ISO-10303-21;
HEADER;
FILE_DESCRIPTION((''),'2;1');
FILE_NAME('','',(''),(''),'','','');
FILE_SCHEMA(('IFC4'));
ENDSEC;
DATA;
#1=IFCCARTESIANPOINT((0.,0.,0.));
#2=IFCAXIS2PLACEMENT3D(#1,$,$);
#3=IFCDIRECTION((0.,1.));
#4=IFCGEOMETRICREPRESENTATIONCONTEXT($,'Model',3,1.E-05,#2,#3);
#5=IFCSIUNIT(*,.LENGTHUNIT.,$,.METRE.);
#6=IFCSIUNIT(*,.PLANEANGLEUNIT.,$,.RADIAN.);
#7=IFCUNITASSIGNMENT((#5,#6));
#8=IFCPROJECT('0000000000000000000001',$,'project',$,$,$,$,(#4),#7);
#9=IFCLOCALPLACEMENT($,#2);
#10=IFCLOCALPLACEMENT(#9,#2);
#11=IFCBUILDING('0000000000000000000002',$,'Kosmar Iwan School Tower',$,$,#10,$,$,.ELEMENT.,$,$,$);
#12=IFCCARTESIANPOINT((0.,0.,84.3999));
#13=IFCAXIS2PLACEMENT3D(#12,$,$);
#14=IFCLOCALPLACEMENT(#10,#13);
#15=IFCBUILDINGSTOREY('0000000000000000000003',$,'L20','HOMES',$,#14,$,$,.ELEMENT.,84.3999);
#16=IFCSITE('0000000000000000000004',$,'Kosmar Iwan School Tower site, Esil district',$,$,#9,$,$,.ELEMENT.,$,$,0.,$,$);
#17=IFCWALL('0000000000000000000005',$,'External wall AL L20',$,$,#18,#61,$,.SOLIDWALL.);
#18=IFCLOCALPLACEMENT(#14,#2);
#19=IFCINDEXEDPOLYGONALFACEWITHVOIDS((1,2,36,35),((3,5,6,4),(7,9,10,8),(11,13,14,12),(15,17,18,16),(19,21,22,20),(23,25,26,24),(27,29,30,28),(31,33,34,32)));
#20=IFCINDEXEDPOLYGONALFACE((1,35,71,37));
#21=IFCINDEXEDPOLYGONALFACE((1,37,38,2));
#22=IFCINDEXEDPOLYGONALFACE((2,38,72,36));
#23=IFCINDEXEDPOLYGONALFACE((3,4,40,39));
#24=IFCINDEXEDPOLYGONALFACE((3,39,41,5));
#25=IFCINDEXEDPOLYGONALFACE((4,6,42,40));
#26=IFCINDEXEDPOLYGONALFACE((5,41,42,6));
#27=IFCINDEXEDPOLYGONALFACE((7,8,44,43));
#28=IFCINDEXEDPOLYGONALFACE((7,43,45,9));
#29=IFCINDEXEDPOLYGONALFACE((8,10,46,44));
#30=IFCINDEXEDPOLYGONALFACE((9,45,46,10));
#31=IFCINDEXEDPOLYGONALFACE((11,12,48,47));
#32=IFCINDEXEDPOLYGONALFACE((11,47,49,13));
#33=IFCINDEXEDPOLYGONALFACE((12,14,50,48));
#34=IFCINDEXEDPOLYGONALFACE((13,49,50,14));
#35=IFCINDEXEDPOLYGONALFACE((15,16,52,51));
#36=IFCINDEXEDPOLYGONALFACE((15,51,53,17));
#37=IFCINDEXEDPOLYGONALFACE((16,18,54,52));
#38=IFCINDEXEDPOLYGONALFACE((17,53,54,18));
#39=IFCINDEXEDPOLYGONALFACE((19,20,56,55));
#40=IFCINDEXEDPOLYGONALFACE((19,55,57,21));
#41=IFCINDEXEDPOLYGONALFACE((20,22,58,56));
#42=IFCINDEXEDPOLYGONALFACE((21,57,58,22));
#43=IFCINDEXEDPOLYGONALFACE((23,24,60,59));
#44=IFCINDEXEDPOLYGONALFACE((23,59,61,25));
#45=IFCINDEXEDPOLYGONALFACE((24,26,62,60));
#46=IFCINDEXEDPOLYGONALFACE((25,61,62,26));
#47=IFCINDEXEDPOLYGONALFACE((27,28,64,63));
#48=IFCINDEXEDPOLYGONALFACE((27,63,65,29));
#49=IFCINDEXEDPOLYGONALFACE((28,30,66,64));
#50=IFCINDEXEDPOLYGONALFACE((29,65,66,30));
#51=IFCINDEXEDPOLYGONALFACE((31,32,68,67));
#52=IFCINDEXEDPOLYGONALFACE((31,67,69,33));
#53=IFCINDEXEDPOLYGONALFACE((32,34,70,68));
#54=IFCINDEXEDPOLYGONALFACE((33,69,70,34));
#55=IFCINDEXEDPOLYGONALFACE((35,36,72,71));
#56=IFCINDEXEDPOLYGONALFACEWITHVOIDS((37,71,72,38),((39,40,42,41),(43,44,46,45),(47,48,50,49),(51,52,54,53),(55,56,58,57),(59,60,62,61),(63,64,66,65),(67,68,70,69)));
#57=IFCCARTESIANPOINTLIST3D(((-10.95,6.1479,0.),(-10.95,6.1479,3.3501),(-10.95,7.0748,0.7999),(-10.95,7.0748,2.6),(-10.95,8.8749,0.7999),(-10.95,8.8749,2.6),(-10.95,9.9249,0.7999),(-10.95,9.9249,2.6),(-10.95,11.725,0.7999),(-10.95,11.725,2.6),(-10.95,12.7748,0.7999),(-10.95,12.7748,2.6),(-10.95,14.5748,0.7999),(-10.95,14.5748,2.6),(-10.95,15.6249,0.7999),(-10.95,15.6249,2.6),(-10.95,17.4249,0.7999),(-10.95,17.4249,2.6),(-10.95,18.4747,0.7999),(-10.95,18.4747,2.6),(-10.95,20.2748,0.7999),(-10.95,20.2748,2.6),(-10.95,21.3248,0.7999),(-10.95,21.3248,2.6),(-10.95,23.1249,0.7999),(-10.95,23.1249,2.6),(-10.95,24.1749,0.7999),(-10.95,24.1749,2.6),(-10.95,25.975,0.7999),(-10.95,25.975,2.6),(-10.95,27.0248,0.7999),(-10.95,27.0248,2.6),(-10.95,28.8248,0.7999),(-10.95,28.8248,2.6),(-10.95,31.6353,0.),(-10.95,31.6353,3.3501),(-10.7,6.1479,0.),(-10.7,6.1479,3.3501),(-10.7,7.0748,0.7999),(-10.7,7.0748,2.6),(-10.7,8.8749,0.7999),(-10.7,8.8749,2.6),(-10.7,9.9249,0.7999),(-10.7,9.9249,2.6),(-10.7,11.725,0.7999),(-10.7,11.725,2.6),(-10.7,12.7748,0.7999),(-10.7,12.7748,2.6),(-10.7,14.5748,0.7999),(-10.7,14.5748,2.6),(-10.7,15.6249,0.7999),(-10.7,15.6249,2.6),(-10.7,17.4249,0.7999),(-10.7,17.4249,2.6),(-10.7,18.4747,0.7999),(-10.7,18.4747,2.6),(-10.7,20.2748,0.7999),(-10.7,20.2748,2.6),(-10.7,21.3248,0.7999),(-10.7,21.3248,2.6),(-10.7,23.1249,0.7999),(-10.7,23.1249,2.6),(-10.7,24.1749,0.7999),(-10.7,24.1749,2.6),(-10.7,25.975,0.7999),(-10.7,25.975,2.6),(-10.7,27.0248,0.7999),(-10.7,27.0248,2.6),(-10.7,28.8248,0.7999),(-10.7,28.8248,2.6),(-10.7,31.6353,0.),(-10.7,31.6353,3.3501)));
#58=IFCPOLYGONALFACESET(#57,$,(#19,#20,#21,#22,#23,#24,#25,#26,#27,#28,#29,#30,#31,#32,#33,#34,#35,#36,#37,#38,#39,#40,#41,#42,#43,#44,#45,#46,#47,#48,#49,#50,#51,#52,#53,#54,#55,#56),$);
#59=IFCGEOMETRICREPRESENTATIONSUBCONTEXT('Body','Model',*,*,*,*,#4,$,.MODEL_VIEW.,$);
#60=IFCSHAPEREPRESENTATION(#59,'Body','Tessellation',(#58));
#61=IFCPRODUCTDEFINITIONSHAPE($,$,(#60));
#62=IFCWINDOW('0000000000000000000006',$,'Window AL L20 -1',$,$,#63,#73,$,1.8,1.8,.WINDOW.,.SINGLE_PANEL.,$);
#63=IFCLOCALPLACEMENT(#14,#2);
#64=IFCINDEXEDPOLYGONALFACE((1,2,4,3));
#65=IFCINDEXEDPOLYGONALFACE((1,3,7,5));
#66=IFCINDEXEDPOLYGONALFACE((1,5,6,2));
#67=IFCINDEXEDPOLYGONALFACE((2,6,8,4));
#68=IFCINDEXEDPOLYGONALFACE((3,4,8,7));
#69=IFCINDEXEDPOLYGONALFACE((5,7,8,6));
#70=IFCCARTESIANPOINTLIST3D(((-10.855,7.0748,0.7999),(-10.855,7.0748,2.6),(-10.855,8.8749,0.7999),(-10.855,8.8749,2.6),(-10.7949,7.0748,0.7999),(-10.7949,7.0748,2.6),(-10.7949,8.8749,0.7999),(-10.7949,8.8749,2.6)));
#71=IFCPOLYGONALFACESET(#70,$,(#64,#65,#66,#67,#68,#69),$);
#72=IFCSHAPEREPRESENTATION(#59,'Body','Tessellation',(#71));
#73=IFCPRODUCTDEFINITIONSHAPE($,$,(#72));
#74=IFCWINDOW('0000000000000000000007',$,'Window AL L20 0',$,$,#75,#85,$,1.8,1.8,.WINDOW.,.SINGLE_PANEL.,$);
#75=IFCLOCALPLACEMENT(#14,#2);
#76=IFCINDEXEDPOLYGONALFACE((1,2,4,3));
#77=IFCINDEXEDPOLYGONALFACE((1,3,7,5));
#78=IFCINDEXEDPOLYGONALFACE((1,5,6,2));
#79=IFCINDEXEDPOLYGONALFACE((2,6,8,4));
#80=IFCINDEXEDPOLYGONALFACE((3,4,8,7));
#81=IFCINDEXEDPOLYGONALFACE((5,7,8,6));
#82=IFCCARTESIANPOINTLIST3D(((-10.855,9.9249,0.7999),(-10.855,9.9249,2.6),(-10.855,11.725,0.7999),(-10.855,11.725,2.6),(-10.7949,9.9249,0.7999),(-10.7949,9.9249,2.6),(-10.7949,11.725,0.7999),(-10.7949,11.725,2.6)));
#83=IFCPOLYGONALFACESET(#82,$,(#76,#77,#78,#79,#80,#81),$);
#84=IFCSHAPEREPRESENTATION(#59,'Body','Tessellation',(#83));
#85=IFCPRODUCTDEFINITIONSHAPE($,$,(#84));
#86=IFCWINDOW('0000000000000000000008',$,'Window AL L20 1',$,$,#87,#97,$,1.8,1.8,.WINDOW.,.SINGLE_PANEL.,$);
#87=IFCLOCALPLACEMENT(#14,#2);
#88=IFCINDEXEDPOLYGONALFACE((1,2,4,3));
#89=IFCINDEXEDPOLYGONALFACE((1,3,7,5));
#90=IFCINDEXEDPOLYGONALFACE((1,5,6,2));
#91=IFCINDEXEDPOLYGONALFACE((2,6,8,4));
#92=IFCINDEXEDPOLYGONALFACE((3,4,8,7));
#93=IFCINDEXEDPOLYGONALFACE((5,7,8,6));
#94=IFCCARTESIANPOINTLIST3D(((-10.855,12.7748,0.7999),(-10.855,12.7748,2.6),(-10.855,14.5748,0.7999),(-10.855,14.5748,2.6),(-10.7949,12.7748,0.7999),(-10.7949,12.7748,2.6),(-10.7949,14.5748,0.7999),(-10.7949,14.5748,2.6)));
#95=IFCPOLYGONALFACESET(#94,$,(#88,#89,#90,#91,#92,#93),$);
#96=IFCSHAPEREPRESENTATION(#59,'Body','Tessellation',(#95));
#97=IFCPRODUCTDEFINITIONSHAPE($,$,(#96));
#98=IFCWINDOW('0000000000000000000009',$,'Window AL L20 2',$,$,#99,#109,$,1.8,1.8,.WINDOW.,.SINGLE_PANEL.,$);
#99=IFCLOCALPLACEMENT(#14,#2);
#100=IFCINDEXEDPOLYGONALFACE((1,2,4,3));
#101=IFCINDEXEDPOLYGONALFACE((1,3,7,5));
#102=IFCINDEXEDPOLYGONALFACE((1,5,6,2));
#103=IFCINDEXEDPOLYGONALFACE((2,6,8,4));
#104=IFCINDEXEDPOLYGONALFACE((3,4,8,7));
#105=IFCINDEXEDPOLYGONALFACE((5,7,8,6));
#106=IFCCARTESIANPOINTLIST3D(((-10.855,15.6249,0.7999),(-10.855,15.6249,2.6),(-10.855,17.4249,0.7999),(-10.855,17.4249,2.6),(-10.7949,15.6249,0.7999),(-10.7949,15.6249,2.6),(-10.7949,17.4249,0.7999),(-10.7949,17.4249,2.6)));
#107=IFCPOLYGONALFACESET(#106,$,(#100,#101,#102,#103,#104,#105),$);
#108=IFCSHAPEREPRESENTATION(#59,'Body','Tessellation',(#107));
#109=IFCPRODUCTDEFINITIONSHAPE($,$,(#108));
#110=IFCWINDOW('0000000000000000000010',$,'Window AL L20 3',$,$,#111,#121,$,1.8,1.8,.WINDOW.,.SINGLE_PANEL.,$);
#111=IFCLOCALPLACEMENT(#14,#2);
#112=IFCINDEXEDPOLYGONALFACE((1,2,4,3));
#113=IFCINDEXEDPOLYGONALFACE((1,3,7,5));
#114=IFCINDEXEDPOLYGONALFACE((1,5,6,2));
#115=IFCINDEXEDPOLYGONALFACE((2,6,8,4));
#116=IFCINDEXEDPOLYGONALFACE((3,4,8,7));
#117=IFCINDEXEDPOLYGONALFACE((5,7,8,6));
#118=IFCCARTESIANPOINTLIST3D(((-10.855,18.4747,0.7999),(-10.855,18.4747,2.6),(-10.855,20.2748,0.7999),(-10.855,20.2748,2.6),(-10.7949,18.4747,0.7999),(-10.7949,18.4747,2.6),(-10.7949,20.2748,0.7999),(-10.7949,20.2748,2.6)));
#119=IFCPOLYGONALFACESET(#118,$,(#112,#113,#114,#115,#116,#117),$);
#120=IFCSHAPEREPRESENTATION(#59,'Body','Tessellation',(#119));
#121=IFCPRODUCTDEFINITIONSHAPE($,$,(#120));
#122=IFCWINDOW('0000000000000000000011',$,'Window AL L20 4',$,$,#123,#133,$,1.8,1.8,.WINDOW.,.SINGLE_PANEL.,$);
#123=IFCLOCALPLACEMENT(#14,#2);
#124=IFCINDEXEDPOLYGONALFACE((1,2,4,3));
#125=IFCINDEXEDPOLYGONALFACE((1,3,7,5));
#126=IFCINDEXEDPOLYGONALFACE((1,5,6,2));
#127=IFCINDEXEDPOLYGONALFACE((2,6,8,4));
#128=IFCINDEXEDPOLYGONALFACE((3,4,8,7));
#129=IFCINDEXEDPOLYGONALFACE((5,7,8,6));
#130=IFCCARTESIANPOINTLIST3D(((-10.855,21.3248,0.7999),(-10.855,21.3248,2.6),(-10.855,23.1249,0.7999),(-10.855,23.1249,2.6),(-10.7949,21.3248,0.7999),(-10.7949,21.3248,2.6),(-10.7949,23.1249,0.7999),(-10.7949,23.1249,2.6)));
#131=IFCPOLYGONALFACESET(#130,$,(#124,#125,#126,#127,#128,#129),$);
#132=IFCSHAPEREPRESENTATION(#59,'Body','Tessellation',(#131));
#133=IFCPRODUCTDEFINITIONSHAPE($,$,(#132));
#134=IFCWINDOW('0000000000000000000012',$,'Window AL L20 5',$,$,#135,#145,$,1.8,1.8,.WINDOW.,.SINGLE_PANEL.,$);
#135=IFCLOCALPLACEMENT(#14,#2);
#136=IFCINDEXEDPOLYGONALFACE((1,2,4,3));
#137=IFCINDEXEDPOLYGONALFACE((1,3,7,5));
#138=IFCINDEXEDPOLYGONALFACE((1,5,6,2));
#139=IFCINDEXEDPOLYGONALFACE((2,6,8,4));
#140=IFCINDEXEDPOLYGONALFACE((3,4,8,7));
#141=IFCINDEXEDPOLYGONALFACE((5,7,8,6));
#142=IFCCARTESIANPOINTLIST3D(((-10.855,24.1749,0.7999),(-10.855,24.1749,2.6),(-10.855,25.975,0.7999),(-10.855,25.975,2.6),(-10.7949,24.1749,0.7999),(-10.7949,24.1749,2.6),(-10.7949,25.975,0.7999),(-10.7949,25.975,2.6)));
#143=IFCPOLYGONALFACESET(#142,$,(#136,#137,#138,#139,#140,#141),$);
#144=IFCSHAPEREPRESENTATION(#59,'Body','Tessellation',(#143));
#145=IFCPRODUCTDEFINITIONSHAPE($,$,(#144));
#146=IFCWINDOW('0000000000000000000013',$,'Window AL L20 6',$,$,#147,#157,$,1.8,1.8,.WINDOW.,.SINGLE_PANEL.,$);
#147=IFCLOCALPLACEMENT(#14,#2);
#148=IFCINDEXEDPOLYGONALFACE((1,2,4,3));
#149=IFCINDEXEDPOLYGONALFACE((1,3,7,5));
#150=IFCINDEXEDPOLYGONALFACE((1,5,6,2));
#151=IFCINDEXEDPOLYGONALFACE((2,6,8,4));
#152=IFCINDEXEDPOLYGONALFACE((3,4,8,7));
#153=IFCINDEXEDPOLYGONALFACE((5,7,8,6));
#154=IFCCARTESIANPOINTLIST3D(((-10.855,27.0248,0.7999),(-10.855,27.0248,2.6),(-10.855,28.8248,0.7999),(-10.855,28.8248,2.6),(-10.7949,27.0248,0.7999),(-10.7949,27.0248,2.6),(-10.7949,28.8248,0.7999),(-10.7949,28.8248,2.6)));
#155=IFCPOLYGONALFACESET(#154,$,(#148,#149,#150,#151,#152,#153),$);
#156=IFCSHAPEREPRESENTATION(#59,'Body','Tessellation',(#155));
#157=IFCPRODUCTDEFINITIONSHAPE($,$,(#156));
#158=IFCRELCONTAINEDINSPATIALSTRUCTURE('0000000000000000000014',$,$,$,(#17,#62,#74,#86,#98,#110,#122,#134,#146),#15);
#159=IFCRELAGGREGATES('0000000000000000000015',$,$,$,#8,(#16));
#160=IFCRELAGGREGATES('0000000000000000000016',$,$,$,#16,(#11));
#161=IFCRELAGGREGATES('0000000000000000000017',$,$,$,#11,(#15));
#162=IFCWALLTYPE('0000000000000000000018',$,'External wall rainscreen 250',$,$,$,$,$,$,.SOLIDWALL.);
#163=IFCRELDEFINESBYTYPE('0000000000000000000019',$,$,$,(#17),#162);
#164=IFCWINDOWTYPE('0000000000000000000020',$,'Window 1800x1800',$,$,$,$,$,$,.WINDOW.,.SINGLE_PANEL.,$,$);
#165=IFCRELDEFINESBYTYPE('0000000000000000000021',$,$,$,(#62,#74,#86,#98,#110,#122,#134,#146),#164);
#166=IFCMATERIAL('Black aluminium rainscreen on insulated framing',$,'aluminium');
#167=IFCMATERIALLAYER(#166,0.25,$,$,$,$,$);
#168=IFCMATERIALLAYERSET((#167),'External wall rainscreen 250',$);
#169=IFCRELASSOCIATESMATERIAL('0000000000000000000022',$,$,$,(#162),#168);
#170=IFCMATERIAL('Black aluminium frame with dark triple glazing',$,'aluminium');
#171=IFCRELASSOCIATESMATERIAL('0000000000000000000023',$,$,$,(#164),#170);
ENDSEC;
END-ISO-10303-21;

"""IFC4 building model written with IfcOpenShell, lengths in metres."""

from ifc_helpers import new_model, si_unit, direction, frame, frame_2d, origin, place, context, subcontext, project, spatial, rectangle, extrude, material, layer, layer_set, type_object, element, fill, save


model = new_model("IFC4")

# Units and contexts
model_context = context("Model", 3, precision=1e-05, world=origin(), true_north=direction((0.0, 1.0)))
body_context = subcontext(model_context, "Body", "Model", "MODEL_VIEW")
ifc_project = project(units=[si_unit("LENGTHUNIT", "METRE"), si_unit("PLANEANGLEUNIT", "RADIAN")], contexts=[model_context])

# Site, building, storey
site_placement = place(None, origin())
site = spatial("IfcSite", under=ifc_project, at=site_placement, Name="Kosmar Iwan School Tower site, Esil district", CompositionType="ELEMENT", RefElevation=0.0)
building_placement = place(site_placement, origin())
building = spatial("IfcBuilding", under=site, at=building_placement, Name="Kosmar Iwan School Tower", CompositionType="ELEMENT")
storey_placement = place(building_placement, frame((0.0, 0.0, 84.3999)))
storey = spatial("IfcBuildingStorey", under=building, at=storey_placement, Name="L20", Description="HOMES", CompositionType="ELEMENT", Elevation=84.3999)

# Wall, openings, windows
ifc_material_1 = material(Name="Black aluminium rainscreen on insulated framing", Category="aluminium")
ifc_layer = layer(ifc_material_1, 0.25)
ifc_layer_set = layer_set([ifc_layer], Name="External wall rainscreen 250")
wall_type = type_object("IfcWallType", Name="External wall rainscreen 250", PredefinedType="SOLIDWALL", material=ifc_layer_set)
wall_1_placement = place(storey_placement, frame((-10.825, 6.1479, 0.0), z_axis=(0.0, 0.0, 1.0), x_axis=(0.0, 1.0, 0.0)))
wall_1 = element("IfcWall", 1, at=wall_1_placement, inside=storey, type_object=wall_type, Name="External wall AL L20", PredefinedType="SOLIDWALL", context=body_context, shape_type="SweptSolid", body=[
    extrude(rectangle(XDim=25.4873, YDim=0.25, at=frame_2d((12.7437, 0.0))), origin(), (0.0, 0.0, 1.0), 3.3501),
])
opening_1_placement = place(wall_1_placement, frame((0.927, 0.0, 0.8)))
opening_1 = element("IfcOpeningElement", 2, at=opening_1_placement, cuts=wall_1, PredefinedType="OPENING", context=body_context, shape_type="SweptSolid", body=[
    extrude(rectangle(XDim=1.8, YDim=1.8, at=frame_2d((0.8999, 0.8999))), frame((0.0, 0.137, 0.0), z_axis=(0.0, -1.0, 0.0), x_axis=(1.0, 0.0, 0.0)), (0.0, 0.0, 1.0), 0.2739),
])
opening_2_placement = place(wall_1_placement, frame((3.7771, 0.0, 0.8)))
opening_2 = element("IfcOpeningElement", 3, at=opening_2_placement, cuts=wall_1, PredefinedType="OPENING", context=body_context, shape_type="SweptSolid", body=[
    extrude(rectangle(XDim=1.8, YDim=1.8, at=frame_2d((0.8999, 0.8999))), frame((0.0, 0.137, 0.0), z_axis=(0.0, -1.0, 0.0), x_axis=(1.0, 0.0, 0.0)), (0.0, 0.0, 1.0), 0.2739),
])
opening_3_placement = place(wall_1_placement, frame((6.627, 0.0, 0.8)))
opening_3 = element("IfcOpeningElement", 4, at=opening_3_placement, cuts=wall_1, PredefinedType="OPENING", context=body_context, shape_type="SweptSolid", body=[
    extrude(rectangle(XDim=1.8, YDim=1.8, at=frame_2d((0.8999, 0.8999))), frame((0.0, 0.137, 0.0), z_axis=(0.0, -1.0, 0.0), x_axis=(1.0, 0.0, 0.0)), (0.0, 0.0, 1.0), 0.2739),
])
opening_4_placement = place(wall_1_placement, frame((9.4771, 0.0, 0.8)))
opening_4 = element("IfcOpeningElement", 5, at=opening_4_placement, cuts=wall_1, PredefinedType="OPENING", context=body_context, shape_type="SweptSolid", body=[
    extrude(rectangle(XDim=1.8, YDim=1.8, at=frame_2d((0.8999, 0.8999))), frame((0.0, 0.137, 0.0), z_axis=(0.0, -1.0, 0.0), x_axis=(1.0, 0.0, 0.0)), (0.0, 0.0, 1.0), 0.2739),
])
opening_5_placement = place(wall_1_placement, frame((12.3269, 0.0, 0.8)))
opening_5 = element("IfcOpeningElement", 6, at=opening_5_placement, cuts=wall_1, PredefinedType="OPENING", context=body_context, shape_type="SweptSolid", body=[
    extrude(rectangle(XDim=1.8, YDim=1.8, at=frame_2d((0.8999, 0.8999))), frame((0.0, 0.137, 0.0), z_axis=(0.0, -1.0, 0.0), x_axis=(1.0, 0.0, 0.0)), (0.0, 0.0, 1.0), 0.2739),
])
opening_6_placement = place(wall_1_placement, frame((15.177, 0.0, 0.8)))
opening_6 = element("IfcOpeningElement", 7, at=opening_6_placement, cuts=wall_1, PredefinedType="OPENING", context=body_context, shape_type="SweptSolid", body=[
    extrude(rectangle(XDim=1.8, YDim=1.8, at=frame_2d((0.8999, 0.8999))), frame((0.0, 0.137, 0.0), z_axis=(0.0, -1.0, 0.0), x_axis=(1.0, 0.0, 0.0)), (0.0, 0.0, 1.0), 0.2739),
])
opening_7_placement = place(wall_1_placement, frame((18.0271, 0.0, 0.8)))
opening_7 = element("IfcOpeningElement", 8, at=opening_7_placement, cuts=wall_1, PredefinedType="OPENING", context=body_context, shape_type="SweptSolid", body=[
    extrude(rectangle(XDim=1.8, YDim=1.8, at=frame_2d((0.8999, 0.8999))), frame((0.0, 0.137, 0.0), z_axis=(0.0, -1.0, 0.0), x_axis=(1.0, 0.0, 0.0)), (0.0, 0.0, 1.0), 0.2739),
])
opening_8_placement = place(wall_1_placement, frame((20.877, 0.0, 0.8)))
opening_8 = element("IfcOpeningElement", 9, at=opening_8_placement, cuts=wall_1, PredefinedType="OPENING", context=body_context, shape_type="SweptSolid", body=[
    extrude(rectangle(XDim=1.8, YDim=1.8, at=frame_2d((0.8999, 0.8999))), frame((0.0, 0.137, 0.0), z_axis=(0.0, -1.0, 0.0), x_axis=(1.0, 0.0, 0.0)), (0.0, 0.0, 1.0), 0.2739),
])
ifc_material_2 = material(Name="Black aluminium frame with dark triple glazing", Category="aluminium")
window_type = type_object("IfcWindowType", Name="Window 1800x1800", PartitioningType="SINGLE_PANEL", PredefinedType="WINDOW", material=ifc_material_2)
window_1_placement = place(opening_1_placement, origin())
window_1 = element("IfcWindow", 10, at=window_1_placement, inside=storey, type_object=window_type, Name="Window AL L20 -1", OverallHeight=1.8, OverallWidth=1.8, PartitioningType="SINGLE_PANEL", PredefinedType="WINDOW", context=body_context, shape_type="SweptSolid", body=[
    extrude(rectangle(XDim=1.8, YDim=1.8, at=frame_2d((0.8999, 0.8999))), frame((0.0, 0.03, 0.0), z_axis=(0.0, -1.0, 0.0), x_axis=(1.0, 0.0, 0.0)), (0.0, 0.0, 1.0), 0.0601),
])
fill(opening_1, window_1)
window_2_placement = place(opening_2_placement, origin())
window_2 = element("IfcWindow", 11, at=window_2_placement, inside=storey, type_object=window_type, Name="Window AL L20 0", OverallHeight=1.8, OverallWidth=1.8, PartitioningType="SINGLE_PANEL", PredefinedType="WINDOW", context=body_context, shape_type="SweptSolid", body=[
    extrude(rectangle(XDim=1.8, YDim=1.8, at=frame_2d((0.8999, 0.8999))), frame((0.0, 0.03, 0.0), z_axis=(0.0, -1.0, 0.0), x_axis=(1.0, 0.0, 0.0)), (0.0, 0.0, 1.0), 0.0601),
])
fill(opening_2, window_2)
window_3_placement = place(opening_3_placement, origin())
window_3 = element("IfcWindow", 12, at=window_3_placement, inside=storey, type_object=window_type, Name="Window AL L20 1", OverallHeight=1.8, OverallWidth=1.8, PartitioningType="SINGLE_PANEL", PredefinedType="WINDOW", context=body_context, shape_type="SweptSolid", body=[
    extrude(rectangle(XDim=1.8, YDim=1.8, at=frame_2d((0.8999, 0.8999))), frame((0.0, 0.03, 0.0), z_axis=(0.0, -1.0, 0.0), x_axis=(1.0, 0.0, 0.0)), (0.0, 0.0, 1.0), 0.0601),
])
fill(opening_3, window_3)
window_4_placement = place(opening_4_placement, origin())
window_4 = element("IfcWindow", 13, at=window_4_placement, inside=storey, type_object=window_type, Name="Window AL L20 2", OverallHeight=1.8, OverallWidth=1.8, PartitioningType="SINGLE_PANEL", PredefinedType="WINDOW", context=body_context, shape_type="SweptSolid", body=[
    extrude(rectangle(XDim=1.8, YDim=1.8, at=frame_2d((0.8999, 0.8999))), frame((0.0, 0.03, 0.0), z_axis=(0.0, -1.0, 0.0), x_axis=(1.0, 0.0, 0.0)), (0.0, 0.0, 1.0), 0.0601),
])
fill(opening_4, window_4)
window_5_placement = place(opening_5_placement, origin())
window_5 = element("IfcWindow", 14, at=window_5_placement, inside=storey, type_object=window_type, Name="Window AL L20 3", OverallHeight=1.8, OverallWidth=1.8, PartitioningType="SINGLE_PANEL", PredefinedType="WINDOW", context=body_context, shape_type="SweptSolid", body=[
    extrude(rectangle(XDim=1.8, YDim=1.8, at=frame_2d((0.8999, 0.8999))), frame((0.0, 0.03, 0.0), z_axis=(0.0, -1.0, 0.0), x_axis=(1.0, 0.0, 0.0)), (0.0, 0.0, 1.0), 0.0601),
])
fill(opening_5, window_5)
window_6_placement = place(opening_6_placement, origin())
window_6 = element("IfcWindow", 15, at=window_6_placement, inside=storey, type_object=window_type, Name="Window AL L20 4", OverallHeight=1.8, OverallWidth=1.8, PartitioningType="SINGLE_PANEL", PredefinedType="WINDOW", context=body_context, shape_type="SweptSolid", body=[
    extrude(rectangle(XDim=1.8, YDim=1.8, at=frame_2d((0.8999, 0.8999))), frame((0.0, 0.03, 0.0), z_axis=(0.0, -1.0, 0.0), x_axis=(1.0, 0.0, 0.0)), (0.0, 0.0, 1.0), 0.0601),
])
fill(opening_6, window_6)
window_7_placement = place(opening_7_placement, origin())
window_7 = element("IfcWindow", 16, at=window_7_placement, inside=storey, type_object=window_type, Name="Window AL L20 5", OverallHeight=1.8, OverallWidth=1.8, PartitioningType="SINGLE_PANEL", PredefinedType="WINDOW", context=body_context, shape_type="SweptSolid", body=[
    extrude(rectangle(XDim=1.8, YDim=1.8, at=frame_2d((0.8999, 0.8999))), frame((0.0, 0.03, 0.0), z_axis=(0.0, -1.0, 0.0), x_axis=(1.0, 0.0, 0.0)), (0.0, 0.0, 1.0), 0.0601),
])
fill(opening_7, window_7)
window_8_placement = place(opening_8_placement, origin())
window_8 = element("IfcWindow", 17, at=window_8_placement, inside=storey, type_object=window_type, Name="Window AL L20 6", OverallHeight=1.8, OverallWidth=1.8, PartitioningType="SINGLE_PANEL", PredefinedType="WINDOW", context=body_context, shape_type="SweptSolid", body=[
    extrude(rectangle(XDim=1.8, YDim=1.8, at=frame_2d((0.8999, 0.8999))), frame((0.0, 0.03, 0.0), z_axis=(0.0, -1.0, 0.0), x_axis=(1.0, 0.0, 0.0)), (0.0, 0.0, 1.0), 0.0601),
])
fill(opening_8, window_8)

save(model, "model.ifc")
